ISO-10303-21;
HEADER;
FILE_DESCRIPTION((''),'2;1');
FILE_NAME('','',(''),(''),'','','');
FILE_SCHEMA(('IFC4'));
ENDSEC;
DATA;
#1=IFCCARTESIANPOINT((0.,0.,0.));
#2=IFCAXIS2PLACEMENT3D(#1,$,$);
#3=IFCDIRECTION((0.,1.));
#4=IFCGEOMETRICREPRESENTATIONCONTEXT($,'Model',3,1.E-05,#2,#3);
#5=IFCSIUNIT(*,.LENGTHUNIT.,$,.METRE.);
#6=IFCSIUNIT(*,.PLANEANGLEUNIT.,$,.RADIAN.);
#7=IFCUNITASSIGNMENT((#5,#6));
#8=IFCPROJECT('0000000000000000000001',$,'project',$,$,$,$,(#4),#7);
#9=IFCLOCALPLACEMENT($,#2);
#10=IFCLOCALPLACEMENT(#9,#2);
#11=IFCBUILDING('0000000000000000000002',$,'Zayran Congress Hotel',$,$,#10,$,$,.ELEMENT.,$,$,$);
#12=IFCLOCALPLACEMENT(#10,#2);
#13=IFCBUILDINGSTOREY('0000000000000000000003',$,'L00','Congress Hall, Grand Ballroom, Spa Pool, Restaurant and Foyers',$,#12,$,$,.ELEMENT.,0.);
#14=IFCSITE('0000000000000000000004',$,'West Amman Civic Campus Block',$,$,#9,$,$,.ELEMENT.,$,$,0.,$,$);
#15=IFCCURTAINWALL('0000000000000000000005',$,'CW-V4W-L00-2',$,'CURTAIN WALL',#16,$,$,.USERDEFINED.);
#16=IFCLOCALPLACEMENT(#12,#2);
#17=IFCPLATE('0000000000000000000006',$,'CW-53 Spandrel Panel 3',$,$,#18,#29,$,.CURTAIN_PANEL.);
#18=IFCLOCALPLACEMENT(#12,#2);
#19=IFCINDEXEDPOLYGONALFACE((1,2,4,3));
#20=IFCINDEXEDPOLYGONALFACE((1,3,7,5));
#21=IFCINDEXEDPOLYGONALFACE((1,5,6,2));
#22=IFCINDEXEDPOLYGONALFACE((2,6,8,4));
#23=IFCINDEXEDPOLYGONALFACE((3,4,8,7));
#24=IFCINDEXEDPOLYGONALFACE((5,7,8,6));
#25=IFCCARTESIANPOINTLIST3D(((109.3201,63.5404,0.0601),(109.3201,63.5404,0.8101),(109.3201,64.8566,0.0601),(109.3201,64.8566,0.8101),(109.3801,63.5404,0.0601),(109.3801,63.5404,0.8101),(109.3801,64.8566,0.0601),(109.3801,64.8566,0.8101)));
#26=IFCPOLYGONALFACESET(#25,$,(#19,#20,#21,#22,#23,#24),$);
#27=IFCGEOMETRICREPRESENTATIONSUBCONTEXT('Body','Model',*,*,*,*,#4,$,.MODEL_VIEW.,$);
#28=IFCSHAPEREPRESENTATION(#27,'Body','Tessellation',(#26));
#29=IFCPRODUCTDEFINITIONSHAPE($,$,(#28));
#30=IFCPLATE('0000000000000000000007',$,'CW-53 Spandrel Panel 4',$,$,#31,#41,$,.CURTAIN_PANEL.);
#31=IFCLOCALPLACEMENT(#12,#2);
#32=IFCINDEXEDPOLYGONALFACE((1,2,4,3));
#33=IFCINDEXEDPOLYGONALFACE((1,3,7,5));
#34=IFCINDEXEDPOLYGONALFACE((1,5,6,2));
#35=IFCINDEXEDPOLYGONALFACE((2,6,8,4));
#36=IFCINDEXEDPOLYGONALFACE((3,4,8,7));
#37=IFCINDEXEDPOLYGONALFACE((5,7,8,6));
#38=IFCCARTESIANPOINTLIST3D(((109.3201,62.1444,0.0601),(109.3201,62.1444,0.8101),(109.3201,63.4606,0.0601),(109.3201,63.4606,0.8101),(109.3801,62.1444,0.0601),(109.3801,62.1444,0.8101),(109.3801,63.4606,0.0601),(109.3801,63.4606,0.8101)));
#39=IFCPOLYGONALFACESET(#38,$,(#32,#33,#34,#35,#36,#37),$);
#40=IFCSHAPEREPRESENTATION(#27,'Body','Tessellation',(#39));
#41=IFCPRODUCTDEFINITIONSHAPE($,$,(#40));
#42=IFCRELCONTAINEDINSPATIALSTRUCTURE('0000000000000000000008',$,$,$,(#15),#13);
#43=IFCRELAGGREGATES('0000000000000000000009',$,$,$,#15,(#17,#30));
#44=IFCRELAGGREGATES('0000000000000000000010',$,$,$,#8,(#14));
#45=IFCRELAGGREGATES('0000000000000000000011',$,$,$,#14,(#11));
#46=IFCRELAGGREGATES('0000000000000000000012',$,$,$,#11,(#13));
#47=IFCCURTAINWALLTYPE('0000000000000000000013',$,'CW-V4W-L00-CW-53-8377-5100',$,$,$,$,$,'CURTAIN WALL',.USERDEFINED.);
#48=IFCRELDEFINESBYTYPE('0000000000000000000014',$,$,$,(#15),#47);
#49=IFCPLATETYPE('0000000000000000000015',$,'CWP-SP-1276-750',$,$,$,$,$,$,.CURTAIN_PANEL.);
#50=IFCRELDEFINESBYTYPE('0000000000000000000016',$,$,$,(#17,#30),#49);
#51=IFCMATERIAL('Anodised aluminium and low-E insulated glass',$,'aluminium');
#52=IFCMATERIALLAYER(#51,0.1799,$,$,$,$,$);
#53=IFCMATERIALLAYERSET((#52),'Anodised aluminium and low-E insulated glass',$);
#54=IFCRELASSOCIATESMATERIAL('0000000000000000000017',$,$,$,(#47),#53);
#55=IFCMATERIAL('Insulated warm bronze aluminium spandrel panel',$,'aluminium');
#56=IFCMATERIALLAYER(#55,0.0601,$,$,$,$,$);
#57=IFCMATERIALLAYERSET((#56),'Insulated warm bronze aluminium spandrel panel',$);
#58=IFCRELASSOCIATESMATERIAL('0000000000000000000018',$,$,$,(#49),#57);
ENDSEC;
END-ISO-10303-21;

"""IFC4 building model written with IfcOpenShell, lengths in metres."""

from ifc_helpers import new_model, si_unit, direction, frame, origin, origin_2d, place, context, subcontext, project, spatial, rectangle, extrude, material, layer, layer_set, type_object, element, aggregate, save


model = new_model("IFC4")

# Units and contexts
model_context = context("Model", 3, precision=1e-05, world=origin(), true_north=direction((0.0, 1.0)))
body_context = subcontext(model_context, "Body", "Model", "MODEL_VIEW")
ifc_project = project(units=[si_unit("LENGTHUNIT", "METRE"), si_unit("PLANEANGLEUNIT", "RADIAN")], contexts=[model_context])

# Site, building, storey
site_placement = place(None, origin())
site = spatial("IfcSite", under=ifc_project, at=site_placement, Name="West Amman Civic Campus Block", CompositionType="ELEMENT", RefElevation=0.0)
building_placement = place(site_placement, origin())
building = spatial("IfcBuilding", under=site, at=building_placement, Name="Zayran Congress Hotel", CompositionType="ELEMENT")
storey_placement = place(building_placement, origin())
storey = spatial("IfcBuildingStorey", under=building, at=storey_placement, Name="L00", Description="Congress Hall, Grand Ballroom, Spa Pool, Restaurant and Foyers", CompositionType="ELEMENT", Elevation=0.0)

# Curtain wall, plates
ifc_material_1 = material(Name="Anodised aluminium and low-E insulated glass", Category="aluminium")
ifc_layer_1 = layer(ifc_material_1, 0.1799)
ifc_layer_set_1 = layer_set([ifc_layer_1], Name="Anodised aluminium and low-E insulated glass")
curtain_wall_type = type_object("IfcCurtainWallType", Name="CW-V4W-L00-CW-53-8377-5100", ElementType="CURTAIN WALL", PredefinedType="USERDEFINED", material=ifc_layer_set_1)
curtain_wall_placement = place(storey_placement, origin())
curtain_wall = element("IfcCurtainWall", 1, at=curtain_wall_placement, inside=storey, type_object=curtain_wall_type, Name="CW-V4W-L00-2", ObjectType="CURTAIN WALL", PredefinedType="USERDEFINED")
ifc_material_2 = material(Name="Insulated warm bronze aluminium spandrel panel", Category="aluminium")
ifc_layer_2 = layer(ifc_material_2, 0.0601)
ifc_layer_set_2 = layer_set([ifc_layer_2], Name="Insulated warm bronze aluminium spandrel panel")
plate_type_1 = type_object("IfcPlateType", Name="CWP-SP-1276-750", PredefinedType="CURTAIN_PANEL", material=ifc_layer_set_2)
plate_1_placement = place(storey_placement, frame((109.3501, 64.1985, 0.0601), z_axis=(0.0, 0.0, 1.0), x_axis=(0.0, 1.0, 0.0)))
plate_1 = element("IfcPlate", 2, at=plate_1_placement, type_object=plate_type_1, Name="CW-53 Spandrel Panel 3", PredefinedType="CURTAIN_PANEL", context=body_context, shape_type="SweptSolid", body=[
    extrude(rectangle(XDim=1.3162, YDim=0.0601, at=origin_2d()), origin(), (0.0, 0.0, 1.0), 0.75),
])
plate_2_placement = place(storey_placement, frame((109.3501, 62.8025, 0.0601), z_axis=(0.0, 0.0, 1.0), x_axis=(0.0, 1.0, 0.0)))
plate_2 = element("IfcPlate", 3, at=plate_2_placement, type_object=plate_type_1, Name="CW-53 Spandrel Panel 4", PredefinedType="CURTAIN_PANEL", context=body_context, shape_type="SweptSolid", body=[
    extrude(rectangle(XDim=1.3162, YDim=0.0601, at=origin_2d()), origin(), (0.0, 0.0, 1.0), 0.75),
])
aggregate(curtain_wall, [plate_1, plate_2])

save(model, "model.ifc")
